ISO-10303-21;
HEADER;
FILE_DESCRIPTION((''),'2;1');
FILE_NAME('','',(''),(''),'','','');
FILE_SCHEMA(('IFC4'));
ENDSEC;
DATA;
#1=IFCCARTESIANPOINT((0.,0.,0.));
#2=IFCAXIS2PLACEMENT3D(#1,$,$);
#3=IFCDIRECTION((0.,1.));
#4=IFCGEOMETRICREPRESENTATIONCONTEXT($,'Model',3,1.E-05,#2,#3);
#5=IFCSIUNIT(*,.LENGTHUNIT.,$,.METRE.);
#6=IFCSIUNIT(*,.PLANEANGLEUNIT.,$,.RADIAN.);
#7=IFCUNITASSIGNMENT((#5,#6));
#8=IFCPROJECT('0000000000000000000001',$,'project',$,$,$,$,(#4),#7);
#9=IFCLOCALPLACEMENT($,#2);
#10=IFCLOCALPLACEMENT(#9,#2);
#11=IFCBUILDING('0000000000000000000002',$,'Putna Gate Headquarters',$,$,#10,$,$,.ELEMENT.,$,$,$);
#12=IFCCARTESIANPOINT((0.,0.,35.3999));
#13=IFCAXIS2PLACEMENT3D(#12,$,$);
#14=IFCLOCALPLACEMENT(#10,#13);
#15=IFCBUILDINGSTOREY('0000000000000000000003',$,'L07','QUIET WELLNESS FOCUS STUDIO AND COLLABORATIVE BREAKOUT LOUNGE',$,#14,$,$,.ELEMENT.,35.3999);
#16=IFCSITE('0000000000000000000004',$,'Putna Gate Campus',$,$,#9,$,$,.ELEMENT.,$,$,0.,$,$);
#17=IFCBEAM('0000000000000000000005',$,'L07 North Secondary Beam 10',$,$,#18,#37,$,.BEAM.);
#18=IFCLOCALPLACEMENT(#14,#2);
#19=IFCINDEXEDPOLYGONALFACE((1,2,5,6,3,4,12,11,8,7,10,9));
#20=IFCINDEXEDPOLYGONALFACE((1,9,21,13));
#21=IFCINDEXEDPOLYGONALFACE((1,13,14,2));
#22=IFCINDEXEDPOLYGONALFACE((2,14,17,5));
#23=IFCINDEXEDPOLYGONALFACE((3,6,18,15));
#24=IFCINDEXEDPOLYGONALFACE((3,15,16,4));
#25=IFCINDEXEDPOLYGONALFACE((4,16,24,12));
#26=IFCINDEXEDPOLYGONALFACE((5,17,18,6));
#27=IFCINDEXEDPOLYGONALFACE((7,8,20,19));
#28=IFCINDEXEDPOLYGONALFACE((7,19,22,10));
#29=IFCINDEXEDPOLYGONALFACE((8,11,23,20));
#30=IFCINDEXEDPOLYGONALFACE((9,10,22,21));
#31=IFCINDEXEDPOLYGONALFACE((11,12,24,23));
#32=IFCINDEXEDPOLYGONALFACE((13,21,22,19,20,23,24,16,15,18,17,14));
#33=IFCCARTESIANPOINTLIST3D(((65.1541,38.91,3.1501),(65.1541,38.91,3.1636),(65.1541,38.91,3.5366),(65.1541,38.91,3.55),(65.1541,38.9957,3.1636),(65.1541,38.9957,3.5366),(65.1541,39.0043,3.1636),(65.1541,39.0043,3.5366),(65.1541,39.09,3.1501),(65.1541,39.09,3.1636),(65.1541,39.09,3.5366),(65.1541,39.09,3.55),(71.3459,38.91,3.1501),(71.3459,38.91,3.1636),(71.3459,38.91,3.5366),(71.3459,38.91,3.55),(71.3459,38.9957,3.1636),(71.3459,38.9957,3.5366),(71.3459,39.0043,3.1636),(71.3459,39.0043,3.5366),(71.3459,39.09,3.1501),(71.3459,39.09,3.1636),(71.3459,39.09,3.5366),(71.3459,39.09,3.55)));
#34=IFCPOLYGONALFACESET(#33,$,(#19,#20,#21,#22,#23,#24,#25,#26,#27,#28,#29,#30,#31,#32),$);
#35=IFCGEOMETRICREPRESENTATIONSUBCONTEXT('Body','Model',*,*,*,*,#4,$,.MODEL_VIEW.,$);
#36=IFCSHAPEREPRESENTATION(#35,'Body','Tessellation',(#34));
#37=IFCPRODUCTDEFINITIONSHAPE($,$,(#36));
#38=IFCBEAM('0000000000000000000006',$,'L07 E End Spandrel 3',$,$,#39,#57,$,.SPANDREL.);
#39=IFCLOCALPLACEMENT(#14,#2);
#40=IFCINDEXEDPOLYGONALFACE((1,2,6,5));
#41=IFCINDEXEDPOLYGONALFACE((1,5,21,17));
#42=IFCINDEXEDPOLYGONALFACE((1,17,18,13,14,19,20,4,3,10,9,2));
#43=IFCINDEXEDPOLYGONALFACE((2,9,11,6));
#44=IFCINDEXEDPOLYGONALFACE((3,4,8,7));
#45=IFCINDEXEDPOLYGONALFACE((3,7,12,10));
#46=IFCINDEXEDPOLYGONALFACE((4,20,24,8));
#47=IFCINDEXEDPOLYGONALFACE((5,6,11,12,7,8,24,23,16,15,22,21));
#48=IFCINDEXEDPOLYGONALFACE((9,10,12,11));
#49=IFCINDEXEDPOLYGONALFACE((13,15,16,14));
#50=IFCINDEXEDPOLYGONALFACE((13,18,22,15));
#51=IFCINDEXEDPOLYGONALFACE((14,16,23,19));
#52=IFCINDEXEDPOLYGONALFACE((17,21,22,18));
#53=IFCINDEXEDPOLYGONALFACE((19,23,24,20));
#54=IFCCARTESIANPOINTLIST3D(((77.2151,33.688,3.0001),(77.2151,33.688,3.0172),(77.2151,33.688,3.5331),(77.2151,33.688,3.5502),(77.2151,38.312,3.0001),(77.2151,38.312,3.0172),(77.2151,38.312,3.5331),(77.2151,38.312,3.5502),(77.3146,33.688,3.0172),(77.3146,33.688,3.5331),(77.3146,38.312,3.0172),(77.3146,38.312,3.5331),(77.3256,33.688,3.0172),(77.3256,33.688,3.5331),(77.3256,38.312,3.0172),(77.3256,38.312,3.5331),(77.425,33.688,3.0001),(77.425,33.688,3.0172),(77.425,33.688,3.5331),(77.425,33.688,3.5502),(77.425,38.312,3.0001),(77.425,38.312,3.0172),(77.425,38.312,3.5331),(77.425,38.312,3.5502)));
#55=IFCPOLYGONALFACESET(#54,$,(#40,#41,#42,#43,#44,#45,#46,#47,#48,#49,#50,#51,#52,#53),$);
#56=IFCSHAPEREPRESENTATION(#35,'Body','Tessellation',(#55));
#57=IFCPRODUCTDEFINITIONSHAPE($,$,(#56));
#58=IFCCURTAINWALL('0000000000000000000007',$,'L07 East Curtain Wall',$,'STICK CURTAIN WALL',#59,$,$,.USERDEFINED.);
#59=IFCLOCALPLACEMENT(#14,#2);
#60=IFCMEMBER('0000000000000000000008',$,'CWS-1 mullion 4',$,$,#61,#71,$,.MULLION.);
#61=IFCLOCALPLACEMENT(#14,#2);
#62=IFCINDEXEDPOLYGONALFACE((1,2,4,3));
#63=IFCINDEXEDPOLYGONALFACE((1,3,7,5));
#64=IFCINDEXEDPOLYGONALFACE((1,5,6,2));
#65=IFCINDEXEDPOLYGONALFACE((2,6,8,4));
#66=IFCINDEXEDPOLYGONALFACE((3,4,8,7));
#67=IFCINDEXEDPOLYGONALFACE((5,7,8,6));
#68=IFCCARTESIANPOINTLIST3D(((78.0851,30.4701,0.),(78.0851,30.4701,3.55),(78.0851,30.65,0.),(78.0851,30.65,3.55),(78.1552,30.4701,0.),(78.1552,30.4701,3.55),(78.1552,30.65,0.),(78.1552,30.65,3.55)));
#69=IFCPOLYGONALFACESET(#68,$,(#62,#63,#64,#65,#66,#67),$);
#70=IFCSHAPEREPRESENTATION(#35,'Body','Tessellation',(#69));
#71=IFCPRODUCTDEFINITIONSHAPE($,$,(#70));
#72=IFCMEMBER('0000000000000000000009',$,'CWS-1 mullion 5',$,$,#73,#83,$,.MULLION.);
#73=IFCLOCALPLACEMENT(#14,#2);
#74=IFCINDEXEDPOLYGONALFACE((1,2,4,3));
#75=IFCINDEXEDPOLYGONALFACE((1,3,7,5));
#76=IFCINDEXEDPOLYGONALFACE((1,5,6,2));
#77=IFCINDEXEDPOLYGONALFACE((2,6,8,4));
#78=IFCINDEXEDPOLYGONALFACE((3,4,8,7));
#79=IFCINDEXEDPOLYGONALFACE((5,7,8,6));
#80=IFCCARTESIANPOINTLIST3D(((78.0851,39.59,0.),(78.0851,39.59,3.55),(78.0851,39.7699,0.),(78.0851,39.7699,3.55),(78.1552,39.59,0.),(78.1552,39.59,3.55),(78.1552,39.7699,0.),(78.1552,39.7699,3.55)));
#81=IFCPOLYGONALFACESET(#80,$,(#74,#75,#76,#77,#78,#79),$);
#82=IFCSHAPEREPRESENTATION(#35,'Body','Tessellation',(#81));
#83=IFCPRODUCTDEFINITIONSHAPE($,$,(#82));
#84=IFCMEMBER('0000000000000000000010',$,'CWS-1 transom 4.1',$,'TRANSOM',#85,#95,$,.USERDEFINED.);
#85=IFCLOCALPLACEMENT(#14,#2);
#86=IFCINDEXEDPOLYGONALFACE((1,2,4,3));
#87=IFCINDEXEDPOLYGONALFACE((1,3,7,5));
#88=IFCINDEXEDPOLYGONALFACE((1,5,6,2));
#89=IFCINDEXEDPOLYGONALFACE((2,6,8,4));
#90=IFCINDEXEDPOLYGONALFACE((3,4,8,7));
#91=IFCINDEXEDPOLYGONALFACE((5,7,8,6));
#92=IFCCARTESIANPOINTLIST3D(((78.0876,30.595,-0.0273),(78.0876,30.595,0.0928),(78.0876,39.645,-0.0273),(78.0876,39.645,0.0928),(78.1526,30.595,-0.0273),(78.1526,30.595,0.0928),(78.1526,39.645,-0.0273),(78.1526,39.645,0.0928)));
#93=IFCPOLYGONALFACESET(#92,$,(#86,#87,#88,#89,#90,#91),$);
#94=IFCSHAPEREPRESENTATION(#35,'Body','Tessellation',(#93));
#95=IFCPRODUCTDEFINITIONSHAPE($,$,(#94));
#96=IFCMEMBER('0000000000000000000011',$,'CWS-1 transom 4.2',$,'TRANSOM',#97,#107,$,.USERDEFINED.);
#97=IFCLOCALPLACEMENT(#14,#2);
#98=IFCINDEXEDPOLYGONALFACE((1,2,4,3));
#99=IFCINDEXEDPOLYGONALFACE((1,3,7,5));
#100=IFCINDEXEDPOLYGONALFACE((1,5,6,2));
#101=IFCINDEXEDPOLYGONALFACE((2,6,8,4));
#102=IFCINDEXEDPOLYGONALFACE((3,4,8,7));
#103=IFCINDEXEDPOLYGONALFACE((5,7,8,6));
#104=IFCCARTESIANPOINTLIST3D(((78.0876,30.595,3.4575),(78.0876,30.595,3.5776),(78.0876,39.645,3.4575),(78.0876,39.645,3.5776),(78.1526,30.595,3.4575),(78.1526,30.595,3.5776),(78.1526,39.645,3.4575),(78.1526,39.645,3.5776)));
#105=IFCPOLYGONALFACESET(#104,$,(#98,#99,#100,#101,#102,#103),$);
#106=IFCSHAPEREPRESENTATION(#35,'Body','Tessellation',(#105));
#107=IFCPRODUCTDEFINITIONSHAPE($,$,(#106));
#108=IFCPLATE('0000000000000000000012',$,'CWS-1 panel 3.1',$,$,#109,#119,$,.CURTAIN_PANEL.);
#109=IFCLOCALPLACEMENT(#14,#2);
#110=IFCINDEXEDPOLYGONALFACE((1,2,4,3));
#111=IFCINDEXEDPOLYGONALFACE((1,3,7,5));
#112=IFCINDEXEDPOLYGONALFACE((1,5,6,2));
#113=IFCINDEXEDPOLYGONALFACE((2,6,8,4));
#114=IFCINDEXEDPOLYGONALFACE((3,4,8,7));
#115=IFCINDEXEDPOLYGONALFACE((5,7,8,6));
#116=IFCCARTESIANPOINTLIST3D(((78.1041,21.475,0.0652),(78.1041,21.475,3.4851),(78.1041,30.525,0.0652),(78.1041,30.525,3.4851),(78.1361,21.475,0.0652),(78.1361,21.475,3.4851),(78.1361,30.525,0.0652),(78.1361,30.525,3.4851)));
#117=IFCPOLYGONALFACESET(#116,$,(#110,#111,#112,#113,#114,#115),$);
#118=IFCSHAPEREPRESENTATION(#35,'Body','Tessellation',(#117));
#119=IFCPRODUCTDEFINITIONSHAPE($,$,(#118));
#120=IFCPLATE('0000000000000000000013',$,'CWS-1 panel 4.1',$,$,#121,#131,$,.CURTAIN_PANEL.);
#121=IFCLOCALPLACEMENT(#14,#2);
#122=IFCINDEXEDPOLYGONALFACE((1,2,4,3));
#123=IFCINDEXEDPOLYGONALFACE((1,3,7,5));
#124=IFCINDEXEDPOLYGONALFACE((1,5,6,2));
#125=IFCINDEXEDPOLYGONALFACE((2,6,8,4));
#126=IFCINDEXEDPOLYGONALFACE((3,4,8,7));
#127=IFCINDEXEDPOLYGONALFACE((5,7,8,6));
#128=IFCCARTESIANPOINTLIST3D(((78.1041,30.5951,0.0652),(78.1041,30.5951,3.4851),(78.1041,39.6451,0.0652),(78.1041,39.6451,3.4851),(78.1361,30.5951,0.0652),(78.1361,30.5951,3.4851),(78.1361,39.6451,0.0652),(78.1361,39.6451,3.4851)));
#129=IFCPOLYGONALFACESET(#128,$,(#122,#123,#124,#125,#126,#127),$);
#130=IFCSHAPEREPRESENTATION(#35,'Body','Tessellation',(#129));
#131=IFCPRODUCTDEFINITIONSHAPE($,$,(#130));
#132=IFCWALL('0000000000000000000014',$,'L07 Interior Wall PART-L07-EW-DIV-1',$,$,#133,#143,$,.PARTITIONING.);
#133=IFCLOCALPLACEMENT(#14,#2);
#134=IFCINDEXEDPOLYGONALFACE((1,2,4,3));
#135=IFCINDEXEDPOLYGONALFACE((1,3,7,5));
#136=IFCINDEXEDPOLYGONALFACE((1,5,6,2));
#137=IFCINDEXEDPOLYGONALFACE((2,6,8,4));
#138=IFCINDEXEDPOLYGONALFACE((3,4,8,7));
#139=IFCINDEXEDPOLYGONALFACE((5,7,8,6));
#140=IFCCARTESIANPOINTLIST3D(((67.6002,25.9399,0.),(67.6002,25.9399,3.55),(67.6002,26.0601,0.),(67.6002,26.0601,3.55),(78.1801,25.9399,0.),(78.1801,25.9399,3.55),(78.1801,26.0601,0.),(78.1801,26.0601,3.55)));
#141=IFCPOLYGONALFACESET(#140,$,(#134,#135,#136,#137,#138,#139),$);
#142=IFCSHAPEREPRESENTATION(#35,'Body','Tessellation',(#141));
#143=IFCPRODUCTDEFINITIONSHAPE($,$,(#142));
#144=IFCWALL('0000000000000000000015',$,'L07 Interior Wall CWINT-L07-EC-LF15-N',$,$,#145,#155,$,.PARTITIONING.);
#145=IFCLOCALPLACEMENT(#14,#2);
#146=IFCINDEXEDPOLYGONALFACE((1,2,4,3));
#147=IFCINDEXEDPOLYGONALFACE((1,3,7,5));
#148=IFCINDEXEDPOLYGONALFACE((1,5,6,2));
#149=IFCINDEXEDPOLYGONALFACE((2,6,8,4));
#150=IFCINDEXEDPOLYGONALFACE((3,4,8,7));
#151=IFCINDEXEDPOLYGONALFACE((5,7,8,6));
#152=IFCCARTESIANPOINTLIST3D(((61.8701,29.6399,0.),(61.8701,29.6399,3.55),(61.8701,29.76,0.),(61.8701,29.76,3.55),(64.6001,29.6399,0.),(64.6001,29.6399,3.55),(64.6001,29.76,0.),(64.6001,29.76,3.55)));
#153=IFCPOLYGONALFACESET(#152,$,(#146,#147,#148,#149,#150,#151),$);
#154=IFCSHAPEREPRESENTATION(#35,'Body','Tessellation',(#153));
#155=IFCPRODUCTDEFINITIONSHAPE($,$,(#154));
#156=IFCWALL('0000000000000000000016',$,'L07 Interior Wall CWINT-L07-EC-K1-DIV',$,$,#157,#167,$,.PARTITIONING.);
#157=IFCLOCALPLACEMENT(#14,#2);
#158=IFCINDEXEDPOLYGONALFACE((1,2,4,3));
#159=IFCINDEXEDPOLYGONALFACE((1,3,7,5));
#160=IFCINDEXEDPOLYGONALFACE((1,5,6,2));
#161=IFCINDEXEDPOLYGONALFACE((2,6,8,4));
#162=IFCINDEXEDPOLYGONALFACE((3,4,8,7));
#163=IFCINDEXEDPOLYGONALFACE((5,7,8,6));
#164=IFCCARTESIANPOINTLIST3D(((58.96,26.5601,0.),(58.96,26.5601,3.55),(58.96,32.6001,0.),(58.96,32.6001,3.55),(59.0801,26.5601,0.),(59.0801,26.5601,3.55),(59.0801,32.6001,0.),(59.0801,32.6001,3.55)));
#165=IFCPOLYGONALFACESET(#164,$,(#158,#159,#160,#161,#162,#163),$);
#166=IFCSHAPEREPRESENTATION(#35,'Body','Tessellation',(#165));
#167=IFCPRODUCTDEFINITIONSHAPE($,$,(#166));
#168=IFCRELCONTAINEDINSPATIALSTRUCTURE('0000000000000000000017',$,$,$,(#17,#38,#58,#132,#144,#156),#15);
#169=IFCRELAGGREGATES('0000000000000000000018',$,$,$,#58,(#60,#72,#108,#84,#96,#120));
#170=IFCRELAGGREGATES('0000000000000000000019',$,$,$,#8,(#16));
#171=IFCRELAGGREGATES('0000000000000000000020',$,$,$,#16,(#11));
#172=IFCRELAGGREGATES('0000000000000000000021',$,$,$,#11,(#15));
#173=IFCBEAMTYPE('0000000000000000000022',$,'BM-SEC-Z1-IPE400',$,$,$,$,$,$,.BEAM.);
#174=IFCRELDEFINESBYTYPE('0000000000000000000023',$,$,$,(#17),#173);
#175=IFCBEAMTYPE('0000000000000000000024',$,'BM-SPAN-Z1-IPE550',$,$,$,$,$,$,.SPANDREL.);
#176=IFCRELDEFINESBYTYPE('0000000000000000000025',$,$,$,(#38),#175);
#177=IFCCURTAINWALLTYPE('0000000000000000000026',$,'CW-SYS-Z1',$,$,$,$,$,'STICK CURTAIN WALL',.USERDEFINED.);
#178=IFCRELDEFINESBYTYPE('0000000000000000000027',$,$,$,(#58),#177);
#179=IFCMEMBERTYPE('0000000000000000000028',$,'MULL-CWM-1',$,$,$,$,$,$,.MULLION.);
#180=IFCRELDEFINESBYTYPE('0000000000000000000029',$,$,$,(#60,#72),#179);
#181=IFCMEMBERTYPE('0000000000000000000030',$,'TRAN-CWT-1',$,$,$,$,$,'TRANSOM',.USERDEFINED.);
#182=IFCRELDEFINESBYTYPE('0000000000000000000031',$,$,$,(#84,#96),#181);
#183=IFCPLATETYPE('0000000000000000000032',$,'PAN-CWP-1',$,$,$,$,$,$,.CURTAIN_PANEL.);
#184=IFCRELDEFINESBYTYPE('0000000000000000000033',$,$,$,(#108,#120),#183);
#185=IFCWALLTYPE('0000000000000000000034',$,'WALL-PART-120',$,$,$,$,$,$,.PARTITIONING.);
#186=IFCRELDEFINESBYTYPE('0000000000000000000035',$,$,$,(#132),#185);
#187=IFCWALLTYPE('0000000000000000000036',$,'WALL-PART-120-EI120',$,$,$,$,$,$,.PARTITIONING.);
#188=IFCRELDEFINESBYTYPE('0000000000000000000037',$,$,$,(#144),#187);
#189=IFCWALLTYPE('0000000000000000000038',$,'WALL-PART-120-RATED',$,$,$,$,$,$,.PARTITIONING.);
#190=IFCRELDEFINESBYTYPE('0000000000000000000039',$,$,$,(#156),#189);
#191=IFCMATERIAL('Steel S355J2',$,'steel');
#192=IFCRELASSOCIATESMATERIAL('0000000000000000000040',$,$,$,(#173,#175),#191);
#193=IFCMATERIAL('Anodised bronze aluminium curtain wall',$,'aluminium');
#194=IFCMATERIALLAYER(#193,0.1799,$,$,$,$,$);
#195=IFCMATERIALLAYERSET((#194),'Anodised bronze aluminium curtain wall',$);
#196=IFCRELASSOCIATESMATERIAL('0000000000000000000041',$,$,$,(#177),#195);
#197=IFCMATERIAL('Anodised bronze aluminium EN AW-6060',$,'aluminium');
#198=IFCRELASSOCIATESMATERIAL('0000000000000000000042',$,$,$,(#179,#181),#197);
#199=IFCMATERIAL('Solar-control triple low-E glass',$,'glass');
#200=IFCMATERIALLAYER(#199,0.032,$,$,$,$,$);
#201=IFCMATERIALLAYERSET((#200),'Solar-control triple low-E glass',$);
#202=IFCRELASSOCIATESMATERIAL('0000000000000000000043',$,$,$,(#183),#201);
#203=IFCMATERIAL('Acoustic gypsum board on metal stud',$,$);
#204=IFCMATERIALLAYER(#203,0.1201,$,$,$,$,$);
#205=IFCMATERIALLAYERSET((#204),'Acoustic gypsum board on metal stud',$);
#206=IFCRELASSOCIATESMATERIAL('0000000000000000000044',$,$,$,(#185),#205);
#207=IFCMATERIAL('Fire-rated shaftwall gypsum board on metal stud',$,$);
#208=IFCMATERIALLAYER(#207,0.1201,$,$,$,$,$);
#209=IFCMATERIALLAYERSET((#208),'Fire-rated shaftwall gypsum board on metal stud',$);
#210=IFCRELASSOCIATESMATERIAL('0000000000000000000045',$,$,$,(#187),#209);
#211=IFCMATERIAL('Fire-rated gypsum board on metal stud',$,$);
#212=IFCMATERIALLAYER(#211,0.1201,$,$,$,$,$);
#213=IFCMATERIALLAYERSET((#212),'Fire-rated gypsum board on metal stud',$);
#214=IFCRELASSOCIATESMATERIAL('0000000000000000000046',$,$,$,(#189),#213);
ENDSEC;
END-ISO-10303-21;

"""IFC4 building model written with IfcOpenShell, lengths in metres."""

from ifc_helpers import new_model, si_unit, direction, frame, frame_2d, origin, origin_2d, place, context, subcontext, project, spatial, rectangle, i_section, extrude, material, layer, layer_set, material_profile, profile_set, type_object, element, aggregate, save


model = new_model("IFC4")

# Units and contexts
model_context = context("Model", 3, precision=1e-05, world=origin(), true_north=direction((0.0, 1.0)))
body_context = subcontext(model_context, "Body", "Model", "MODEL_VIEW")
ifc_project = project(units=[si_unit("LENGTHUNIT", "METRE"), si_unit("PLANEANGLEUNIT", "RADIAN")], contexts=[model_context])

# Site, building, storey
site_placement = place(None, origin())
site = spatial("IfcSite", under=ifc_project, at=site_placement, Name="Putna Gate Campus", CompositionType="ELEMENT", RefElevation=0.0)
building_placement = place(site_placement, origin())
building = spatial("IfcBuilding", under=site, at=building_placement, Name="Putna Gate Headquarters", CompositionType="ELEMENT")
storey_placement = place(building_placement, frame((0.0, 0.0, 35.3999)))
storey = spatial("IfcBuildingStorey", under=building, at=storey_placement, Name="L07", Description="QUIET WELLNESS FOCUS STUDIO AND COLLABORATIVE BREAKOUT LOUNGE", CompositionType="ELEMENT", Elevation=35.3999)

# Beams
ifc_material_1 = material(Name="Steel S355J2", Category="steel")
ifc_material_profile_1 = material_profile(ifc_material_1, i_section(OverallWidth=0.1799, OverallDepth=0.3999, WebThickness=0.0085, FlangeThickness=0.0134, at=origin_2d()), Name="Steel S355J2")
ifc_profile_set_1 = profile_set([ifc_material_profile_1], Name="Steel S355J2")
beam_type_1 = type_object("IfcBeamType", Name="BM-SEC-Z1-IPE400", PredefinedType="BEAM", material=ifc_profile_set_1)
beam_1_placement = place(storey_placement, frame((65.1541, 39.0, 3.3501), z_axis=(1.0, 0.0, 0.0), x_axis=(0.0, 1.0, 0.0)))
element("IfcBeam", 1, at=beam_1_placement, inside=storey, type_object=beam_type_1, Name="L07 North Secondary Beam 10", PredefinedType="BEAM", context=body_context, shape_type="SweptSolid", body=[
    extrude(i_section(OverallWidth=0.1799, OverallDepth=0.3999, WebThickness=0.0085, FlangeThickness=0.0134, at=origin_2d()), origin(), (0.0, 0.0, 1.0), 6.1919),
])
ifc_material_profile_2 = material_profile(ifc_material_1, i_section(OverallWidth=0.21, OverallDepth=0.55, WebThickness=0.011, FlangeThickness=0.0171, at=origin_2d()), Name="Steel S355J2")
ifc_profile_set_2 = profile_set([ifc_material_profile_2], Name="Steel S355J2")
beam_type_2 = type_object("IfcBeamType", Name="BM-SPAN-Z1-IPE550", PredefinedType="SPANDREL", material=ifc_profile_set_2)
beam_2_placement = place(storey_placement, frame((77.3201, 33.688, 3.2751), z_axis=(0.0, 1.0, 0.0), x_axis=(-1.0, 0.0, 0.0)))
element("IfcBeam", 2, at=beam_2_placement, inside=storey, type_object=beam_type_2, Name="L07 E End Spandrel 3", PredefinedType="SPANDREL", context=body_context, shape_type="SweptSolid", body=[
    extrude(i_section(OverallWidth=0.21, OverallDepth=0.55, WebThickness=0.011, FlangeThickness=0.0171, at=origin_2d()), origin(), (0.0, 0.0, 1.0), 4.624),
])

# Curtain wall, members, plates
ifc_material_2 = material(Name="Anodised bronze aluminium curtain wall", Category="aluminium")
ifc_layer_1 = layer(ifc_material_2, 0.1799)
ifc_layer_set_1 = layer_set([ifc_layer_1], Name="Anodised bronze aluminium curtain wall")
curtain_wall_type = type_object("IfcCurtainWallType", Name="CW-SYS-Z1", ElementType="STICK CURTAIN WALL", PredefinedType="USERDEFINED", material=ifc_layer_set_1)
curtain_wall_placement = place(storey_placement, origin())
curtain_wall = element("IfcCurtainWall", 3, at=curtain_wall_placement, inside=storey, type_object=curtain_wall_type, Name="L07 East Curtain Wall", ObjectType="STICK CURTAIN WALL", PredefinedType="USERDEFINED")
ifc_material_3 = material(Name="Anodised bronze aluminium EN AW-6060", Category="aluminium")
ifc_material_profile_3 = material_profile(ifc_material_3, rectangle(XDim=0.0701, YDim=0.1799, at=origin_2d()), Name="Anodised bronze aluminium EN AW-6060")
ifc_profile_set_3 = profile_set([ifc_material_profile_3], Name="Anodised bronze aluminium EN AW-6060")
member_type_1 = type_object("IfcMemberType", Name="MULL-CWM-1", PredefinedType="MULLION", material=ifc_profile_set_3)
member_1_placement = place(storey_placement, frame((78.1201, 30.5601, 0.0), z_axis=(0.0, 0.0, 1.0), x_axis=(-1.0, 0.0, 0.0)))
member_1 = element("IfcMember", 4, at=member_1_placement, type_object=member_type_1, Name="CWS-1 mullion 4", PredefinedType="MULLION", context=body_context, shape_type="SweptSolid", body=[
    extrude(rectangle(XDim=0.0701, YDim=0.1799, at=origin_2d()), origin(), (0.0, 0.0, 1.0), 3.55),
])
member_2_placement = place(storey_placement, frame((78.1201, 39.6799, 0.0), z_axis=(0.0, 0.0, 1.0), x_axis=(-1.0, 0.0, 0.0)))
member_2 = element("IfcMember", 5, at=member_2_placement, type_object=member_type_1, Name="CWS-1 mullion 5", PredefinedType="MULLION", context=body_context, shape_type="SweptSolid", body=[
    extrude(rectangle(XDim=0.0701, YDim=0.1799, at=origin_2d()), origin(), (0.0, 0.0, 1.0), 3.55),
])
ifc_material_profile_4 = material_profile(ifc_material_3, rectangle(XDim=0.0649, YDim=0.1201, at=origin_2d()), Name="Anodised bronze aluminium EN AW-6060")
ifc_profile_set_4 = profile_set([ifc_material_profile_4], Name="Anodised bronze aluminium EN AW-6060")
member_type_2 = type_object("IfcMemberType", Name="TRAN-CWT-1", ElementType="TRANSOM", PredefinedType="USERDEFINED", material=ifc_profile_set_4)
member_3_placement = place(storey_placement, frame((78.1201, 30.595, 0.0327), z_axis=(0.0, 1.0, 0.0), x_axis=(-1.0, 0.0, 0.0)))
member_3 = element("IfcMember", 6, at=member_3_placement, type_object=member_type_2, Name="CWS-1 transom 4.1", ObjectType="TRANSOM", PredefinedType="USERDEFINED", context=body_context, shape_type="SweptSolid", body=[
    extrude(rectangle(XDim=0.0649, YDim=0.1201, at=origin_2d()), origin(), (0.0, 0.0, 1.0), 9.05),
])
member_4_placement = place(storey_placement, frame((78.1201, 30.595, 3.5176), z_axis=(0.0, 1.0, 0.0), x_axis=(-1.0, 0.0, 0.0)))
member_4 = element("IfcMember", 7, at=member_4_placement, type_object=member_type_2, Name="CWS-1 transom 4.2", ObjectType="TRANSOM", PredefinedType="USERDEFINED", context=body_context, shape_type="SweptSolid", body=[
    extrude(rectangle(XDim=0.0649, YDim=0.1201, at=origin_2d()), origin(), (0.0, 0.0, 1.0), 9.05),
])
ifc_material_4 = material(Name="Solar-control triple low-E glass", Category="glass")
ifc_layer_2 = layer(ifc_material_4, 0.032)
ifc_layer_set_2 = layer_set([ifc_layer_2], Name="Solar-control triple low-E glass")
plate_type = type_object("IfcPlateType", Name="PAN-CWP-1", PredefinedType="CURTAIN_PANEL", material=ifc_layer_set_2)
plate_1_placement = place(storey_placement, frame((78.1201, 26.0, 0.0652), z_axis=(0.0, 0.0, 1.0), x_axis=(0.0, 1.0, 0.0)))
plate_1 = element("IfcPlate", 8, at=plate_1_placement, type_object=plate_type, Name="CWS-1 panel 3.1", PredefinedType="CURTAIN_PANEL", context=body_context, shape_type="SweptSolid", body=[
    extrude(rectangle(XDim=9.05, YDim=0.032, at=origin_2d()), origin(), (0.0, 0.0, 1.0), 3.4199),
])
plate_2_placement = place(storey_placement, frame((78.1201, 35.1201, 0.0652), z_axis=(0.0, 0.0, 1.0), x_axis=(0.0, 1.0, 0.0)))
plate_2 = element("IfcPlate", 9, at=plate_2_placement, type_object=plate_type, Name="CWS-1 panel 4.1", PredefinedType="CURTAIN_PANEL", context=body_context, shape_type="SweptSolid", body=[
    extrude(rectangle(XDim=9.05, YDim=0.032, at=origin_2d()), origin(), (0.0, 0.0, 1.0), 3.4199),
])
aggregate(curtain_wall, [member_1, member_2, plate_1, member_3, member_4, plate_2])

# Walls
ifc_material_5 = material(Name="Acoustic gypsum board on metal stud")
ifc_layer_3 = layer(ifc_material_5, 0.1201)
ifc_layer_set_3 = layer_set([ifc_layer_3], Name="Acoustic gypsum board on metal stud")
wall_type_1 = type_object("IfcWallType", Name="WALL-PART-120", PredefinedType="PARTITIONING", material=ifc_layer_set_3)
wall_1_placement = place(storey_placement, frame((67.6001, 26.0, 0.0), z_axis=(0.0, 0.0, 1.0), x_axis=(1.0, 0.0, 0.0)))
element("IfcWall", 10, at=wall_1_placement, inside=storey, type_object=wall_type_1, Name="L07 Interior Wall PART-L07-EW-DIV-1", PredefinedType="PARTITIONING", context=body_context, shape_type="SweptSolid", body=[
    extrude(rectangle(XDim=10.5798, YDim=0.1201, at=frame_2d((5.29, 0.0))), origin(), (0.0, 0.0, 1.0), 3.55),
])
ifc_material_6 = material(Name="Fire-rated shaftwall gypsum board on metal stud")
ifc_layer_4 = layer(ifc_material_6, 0.1201)
ifc_layer_set_4 = layer_set([ifc_layer_4], Name="Fire-rated shaftwall gypsum board on metal stud")
wall_type_2 = type_object("IfcWallType", Name="WALL-PART-120-EI120", PredefinedType="PARTITIONING", material=ifc_layer_set_4)
wall_2_placement = place(storey_placement, frame((61.8701, 29.7, 0.0), z_axis=(0.0, 0.0, 1.0), x_axis=(1.0, 0.0, 0.0)))
element("IfcWall", 11, at=wall_2_placement, inside=storey, type_object=wall_type_2, Name="L07 Interior Wall CWINT-L07-EC-LF15-N", PredefinedType="PARTITIONING", context=body_context, shape_type="SweptSolid", body=[
    extrude(rectangle(XDim=2.73, YDim=0.1201, at=frame_2d((1.365, 0.0))), origin(), (0.0, 0.0, 1.0), 3.55),
])
ifc_material_7 = material(Name="Fire-rated gypsum board on metal stud")
ifc_layer_5 = layer(ifc_material_7, 0.1201)
ifc_layer_set_5 = layer_set([ifc_layer_5], Name="Fire-rated gypsum board on metal stud")
wall_type_3 = type_object("IfcWallType", Name="WALL-PART-120-RATED", PredefinedType="PARTITIONING", material=ifc_layer_set_5)
wall_3_placement = place(storey_placement, frame((59.02, 26.5601, 0.0), z_axis=(0.0, 0.0, 1.0), x_axis=(0.0, 1.0, 0.0)))
element("IfcWall", 12, at=wall_3_placement, inside=storey, type_object=wall_type_3, Name="L07 Interior Wall CWINT-L07-EC-K1-DIV", PredefinedType="PARTITIONING", context=body_context, shape_type="SweptSolid", body=[
    extrude(rectangle(XDim=6.04, YDim=0.1201, at=frame_2d((3.02, 0.0))), origin(), (0.0, 0.0, 1.0), 3.55),
])

save(model, "model.ifc")
